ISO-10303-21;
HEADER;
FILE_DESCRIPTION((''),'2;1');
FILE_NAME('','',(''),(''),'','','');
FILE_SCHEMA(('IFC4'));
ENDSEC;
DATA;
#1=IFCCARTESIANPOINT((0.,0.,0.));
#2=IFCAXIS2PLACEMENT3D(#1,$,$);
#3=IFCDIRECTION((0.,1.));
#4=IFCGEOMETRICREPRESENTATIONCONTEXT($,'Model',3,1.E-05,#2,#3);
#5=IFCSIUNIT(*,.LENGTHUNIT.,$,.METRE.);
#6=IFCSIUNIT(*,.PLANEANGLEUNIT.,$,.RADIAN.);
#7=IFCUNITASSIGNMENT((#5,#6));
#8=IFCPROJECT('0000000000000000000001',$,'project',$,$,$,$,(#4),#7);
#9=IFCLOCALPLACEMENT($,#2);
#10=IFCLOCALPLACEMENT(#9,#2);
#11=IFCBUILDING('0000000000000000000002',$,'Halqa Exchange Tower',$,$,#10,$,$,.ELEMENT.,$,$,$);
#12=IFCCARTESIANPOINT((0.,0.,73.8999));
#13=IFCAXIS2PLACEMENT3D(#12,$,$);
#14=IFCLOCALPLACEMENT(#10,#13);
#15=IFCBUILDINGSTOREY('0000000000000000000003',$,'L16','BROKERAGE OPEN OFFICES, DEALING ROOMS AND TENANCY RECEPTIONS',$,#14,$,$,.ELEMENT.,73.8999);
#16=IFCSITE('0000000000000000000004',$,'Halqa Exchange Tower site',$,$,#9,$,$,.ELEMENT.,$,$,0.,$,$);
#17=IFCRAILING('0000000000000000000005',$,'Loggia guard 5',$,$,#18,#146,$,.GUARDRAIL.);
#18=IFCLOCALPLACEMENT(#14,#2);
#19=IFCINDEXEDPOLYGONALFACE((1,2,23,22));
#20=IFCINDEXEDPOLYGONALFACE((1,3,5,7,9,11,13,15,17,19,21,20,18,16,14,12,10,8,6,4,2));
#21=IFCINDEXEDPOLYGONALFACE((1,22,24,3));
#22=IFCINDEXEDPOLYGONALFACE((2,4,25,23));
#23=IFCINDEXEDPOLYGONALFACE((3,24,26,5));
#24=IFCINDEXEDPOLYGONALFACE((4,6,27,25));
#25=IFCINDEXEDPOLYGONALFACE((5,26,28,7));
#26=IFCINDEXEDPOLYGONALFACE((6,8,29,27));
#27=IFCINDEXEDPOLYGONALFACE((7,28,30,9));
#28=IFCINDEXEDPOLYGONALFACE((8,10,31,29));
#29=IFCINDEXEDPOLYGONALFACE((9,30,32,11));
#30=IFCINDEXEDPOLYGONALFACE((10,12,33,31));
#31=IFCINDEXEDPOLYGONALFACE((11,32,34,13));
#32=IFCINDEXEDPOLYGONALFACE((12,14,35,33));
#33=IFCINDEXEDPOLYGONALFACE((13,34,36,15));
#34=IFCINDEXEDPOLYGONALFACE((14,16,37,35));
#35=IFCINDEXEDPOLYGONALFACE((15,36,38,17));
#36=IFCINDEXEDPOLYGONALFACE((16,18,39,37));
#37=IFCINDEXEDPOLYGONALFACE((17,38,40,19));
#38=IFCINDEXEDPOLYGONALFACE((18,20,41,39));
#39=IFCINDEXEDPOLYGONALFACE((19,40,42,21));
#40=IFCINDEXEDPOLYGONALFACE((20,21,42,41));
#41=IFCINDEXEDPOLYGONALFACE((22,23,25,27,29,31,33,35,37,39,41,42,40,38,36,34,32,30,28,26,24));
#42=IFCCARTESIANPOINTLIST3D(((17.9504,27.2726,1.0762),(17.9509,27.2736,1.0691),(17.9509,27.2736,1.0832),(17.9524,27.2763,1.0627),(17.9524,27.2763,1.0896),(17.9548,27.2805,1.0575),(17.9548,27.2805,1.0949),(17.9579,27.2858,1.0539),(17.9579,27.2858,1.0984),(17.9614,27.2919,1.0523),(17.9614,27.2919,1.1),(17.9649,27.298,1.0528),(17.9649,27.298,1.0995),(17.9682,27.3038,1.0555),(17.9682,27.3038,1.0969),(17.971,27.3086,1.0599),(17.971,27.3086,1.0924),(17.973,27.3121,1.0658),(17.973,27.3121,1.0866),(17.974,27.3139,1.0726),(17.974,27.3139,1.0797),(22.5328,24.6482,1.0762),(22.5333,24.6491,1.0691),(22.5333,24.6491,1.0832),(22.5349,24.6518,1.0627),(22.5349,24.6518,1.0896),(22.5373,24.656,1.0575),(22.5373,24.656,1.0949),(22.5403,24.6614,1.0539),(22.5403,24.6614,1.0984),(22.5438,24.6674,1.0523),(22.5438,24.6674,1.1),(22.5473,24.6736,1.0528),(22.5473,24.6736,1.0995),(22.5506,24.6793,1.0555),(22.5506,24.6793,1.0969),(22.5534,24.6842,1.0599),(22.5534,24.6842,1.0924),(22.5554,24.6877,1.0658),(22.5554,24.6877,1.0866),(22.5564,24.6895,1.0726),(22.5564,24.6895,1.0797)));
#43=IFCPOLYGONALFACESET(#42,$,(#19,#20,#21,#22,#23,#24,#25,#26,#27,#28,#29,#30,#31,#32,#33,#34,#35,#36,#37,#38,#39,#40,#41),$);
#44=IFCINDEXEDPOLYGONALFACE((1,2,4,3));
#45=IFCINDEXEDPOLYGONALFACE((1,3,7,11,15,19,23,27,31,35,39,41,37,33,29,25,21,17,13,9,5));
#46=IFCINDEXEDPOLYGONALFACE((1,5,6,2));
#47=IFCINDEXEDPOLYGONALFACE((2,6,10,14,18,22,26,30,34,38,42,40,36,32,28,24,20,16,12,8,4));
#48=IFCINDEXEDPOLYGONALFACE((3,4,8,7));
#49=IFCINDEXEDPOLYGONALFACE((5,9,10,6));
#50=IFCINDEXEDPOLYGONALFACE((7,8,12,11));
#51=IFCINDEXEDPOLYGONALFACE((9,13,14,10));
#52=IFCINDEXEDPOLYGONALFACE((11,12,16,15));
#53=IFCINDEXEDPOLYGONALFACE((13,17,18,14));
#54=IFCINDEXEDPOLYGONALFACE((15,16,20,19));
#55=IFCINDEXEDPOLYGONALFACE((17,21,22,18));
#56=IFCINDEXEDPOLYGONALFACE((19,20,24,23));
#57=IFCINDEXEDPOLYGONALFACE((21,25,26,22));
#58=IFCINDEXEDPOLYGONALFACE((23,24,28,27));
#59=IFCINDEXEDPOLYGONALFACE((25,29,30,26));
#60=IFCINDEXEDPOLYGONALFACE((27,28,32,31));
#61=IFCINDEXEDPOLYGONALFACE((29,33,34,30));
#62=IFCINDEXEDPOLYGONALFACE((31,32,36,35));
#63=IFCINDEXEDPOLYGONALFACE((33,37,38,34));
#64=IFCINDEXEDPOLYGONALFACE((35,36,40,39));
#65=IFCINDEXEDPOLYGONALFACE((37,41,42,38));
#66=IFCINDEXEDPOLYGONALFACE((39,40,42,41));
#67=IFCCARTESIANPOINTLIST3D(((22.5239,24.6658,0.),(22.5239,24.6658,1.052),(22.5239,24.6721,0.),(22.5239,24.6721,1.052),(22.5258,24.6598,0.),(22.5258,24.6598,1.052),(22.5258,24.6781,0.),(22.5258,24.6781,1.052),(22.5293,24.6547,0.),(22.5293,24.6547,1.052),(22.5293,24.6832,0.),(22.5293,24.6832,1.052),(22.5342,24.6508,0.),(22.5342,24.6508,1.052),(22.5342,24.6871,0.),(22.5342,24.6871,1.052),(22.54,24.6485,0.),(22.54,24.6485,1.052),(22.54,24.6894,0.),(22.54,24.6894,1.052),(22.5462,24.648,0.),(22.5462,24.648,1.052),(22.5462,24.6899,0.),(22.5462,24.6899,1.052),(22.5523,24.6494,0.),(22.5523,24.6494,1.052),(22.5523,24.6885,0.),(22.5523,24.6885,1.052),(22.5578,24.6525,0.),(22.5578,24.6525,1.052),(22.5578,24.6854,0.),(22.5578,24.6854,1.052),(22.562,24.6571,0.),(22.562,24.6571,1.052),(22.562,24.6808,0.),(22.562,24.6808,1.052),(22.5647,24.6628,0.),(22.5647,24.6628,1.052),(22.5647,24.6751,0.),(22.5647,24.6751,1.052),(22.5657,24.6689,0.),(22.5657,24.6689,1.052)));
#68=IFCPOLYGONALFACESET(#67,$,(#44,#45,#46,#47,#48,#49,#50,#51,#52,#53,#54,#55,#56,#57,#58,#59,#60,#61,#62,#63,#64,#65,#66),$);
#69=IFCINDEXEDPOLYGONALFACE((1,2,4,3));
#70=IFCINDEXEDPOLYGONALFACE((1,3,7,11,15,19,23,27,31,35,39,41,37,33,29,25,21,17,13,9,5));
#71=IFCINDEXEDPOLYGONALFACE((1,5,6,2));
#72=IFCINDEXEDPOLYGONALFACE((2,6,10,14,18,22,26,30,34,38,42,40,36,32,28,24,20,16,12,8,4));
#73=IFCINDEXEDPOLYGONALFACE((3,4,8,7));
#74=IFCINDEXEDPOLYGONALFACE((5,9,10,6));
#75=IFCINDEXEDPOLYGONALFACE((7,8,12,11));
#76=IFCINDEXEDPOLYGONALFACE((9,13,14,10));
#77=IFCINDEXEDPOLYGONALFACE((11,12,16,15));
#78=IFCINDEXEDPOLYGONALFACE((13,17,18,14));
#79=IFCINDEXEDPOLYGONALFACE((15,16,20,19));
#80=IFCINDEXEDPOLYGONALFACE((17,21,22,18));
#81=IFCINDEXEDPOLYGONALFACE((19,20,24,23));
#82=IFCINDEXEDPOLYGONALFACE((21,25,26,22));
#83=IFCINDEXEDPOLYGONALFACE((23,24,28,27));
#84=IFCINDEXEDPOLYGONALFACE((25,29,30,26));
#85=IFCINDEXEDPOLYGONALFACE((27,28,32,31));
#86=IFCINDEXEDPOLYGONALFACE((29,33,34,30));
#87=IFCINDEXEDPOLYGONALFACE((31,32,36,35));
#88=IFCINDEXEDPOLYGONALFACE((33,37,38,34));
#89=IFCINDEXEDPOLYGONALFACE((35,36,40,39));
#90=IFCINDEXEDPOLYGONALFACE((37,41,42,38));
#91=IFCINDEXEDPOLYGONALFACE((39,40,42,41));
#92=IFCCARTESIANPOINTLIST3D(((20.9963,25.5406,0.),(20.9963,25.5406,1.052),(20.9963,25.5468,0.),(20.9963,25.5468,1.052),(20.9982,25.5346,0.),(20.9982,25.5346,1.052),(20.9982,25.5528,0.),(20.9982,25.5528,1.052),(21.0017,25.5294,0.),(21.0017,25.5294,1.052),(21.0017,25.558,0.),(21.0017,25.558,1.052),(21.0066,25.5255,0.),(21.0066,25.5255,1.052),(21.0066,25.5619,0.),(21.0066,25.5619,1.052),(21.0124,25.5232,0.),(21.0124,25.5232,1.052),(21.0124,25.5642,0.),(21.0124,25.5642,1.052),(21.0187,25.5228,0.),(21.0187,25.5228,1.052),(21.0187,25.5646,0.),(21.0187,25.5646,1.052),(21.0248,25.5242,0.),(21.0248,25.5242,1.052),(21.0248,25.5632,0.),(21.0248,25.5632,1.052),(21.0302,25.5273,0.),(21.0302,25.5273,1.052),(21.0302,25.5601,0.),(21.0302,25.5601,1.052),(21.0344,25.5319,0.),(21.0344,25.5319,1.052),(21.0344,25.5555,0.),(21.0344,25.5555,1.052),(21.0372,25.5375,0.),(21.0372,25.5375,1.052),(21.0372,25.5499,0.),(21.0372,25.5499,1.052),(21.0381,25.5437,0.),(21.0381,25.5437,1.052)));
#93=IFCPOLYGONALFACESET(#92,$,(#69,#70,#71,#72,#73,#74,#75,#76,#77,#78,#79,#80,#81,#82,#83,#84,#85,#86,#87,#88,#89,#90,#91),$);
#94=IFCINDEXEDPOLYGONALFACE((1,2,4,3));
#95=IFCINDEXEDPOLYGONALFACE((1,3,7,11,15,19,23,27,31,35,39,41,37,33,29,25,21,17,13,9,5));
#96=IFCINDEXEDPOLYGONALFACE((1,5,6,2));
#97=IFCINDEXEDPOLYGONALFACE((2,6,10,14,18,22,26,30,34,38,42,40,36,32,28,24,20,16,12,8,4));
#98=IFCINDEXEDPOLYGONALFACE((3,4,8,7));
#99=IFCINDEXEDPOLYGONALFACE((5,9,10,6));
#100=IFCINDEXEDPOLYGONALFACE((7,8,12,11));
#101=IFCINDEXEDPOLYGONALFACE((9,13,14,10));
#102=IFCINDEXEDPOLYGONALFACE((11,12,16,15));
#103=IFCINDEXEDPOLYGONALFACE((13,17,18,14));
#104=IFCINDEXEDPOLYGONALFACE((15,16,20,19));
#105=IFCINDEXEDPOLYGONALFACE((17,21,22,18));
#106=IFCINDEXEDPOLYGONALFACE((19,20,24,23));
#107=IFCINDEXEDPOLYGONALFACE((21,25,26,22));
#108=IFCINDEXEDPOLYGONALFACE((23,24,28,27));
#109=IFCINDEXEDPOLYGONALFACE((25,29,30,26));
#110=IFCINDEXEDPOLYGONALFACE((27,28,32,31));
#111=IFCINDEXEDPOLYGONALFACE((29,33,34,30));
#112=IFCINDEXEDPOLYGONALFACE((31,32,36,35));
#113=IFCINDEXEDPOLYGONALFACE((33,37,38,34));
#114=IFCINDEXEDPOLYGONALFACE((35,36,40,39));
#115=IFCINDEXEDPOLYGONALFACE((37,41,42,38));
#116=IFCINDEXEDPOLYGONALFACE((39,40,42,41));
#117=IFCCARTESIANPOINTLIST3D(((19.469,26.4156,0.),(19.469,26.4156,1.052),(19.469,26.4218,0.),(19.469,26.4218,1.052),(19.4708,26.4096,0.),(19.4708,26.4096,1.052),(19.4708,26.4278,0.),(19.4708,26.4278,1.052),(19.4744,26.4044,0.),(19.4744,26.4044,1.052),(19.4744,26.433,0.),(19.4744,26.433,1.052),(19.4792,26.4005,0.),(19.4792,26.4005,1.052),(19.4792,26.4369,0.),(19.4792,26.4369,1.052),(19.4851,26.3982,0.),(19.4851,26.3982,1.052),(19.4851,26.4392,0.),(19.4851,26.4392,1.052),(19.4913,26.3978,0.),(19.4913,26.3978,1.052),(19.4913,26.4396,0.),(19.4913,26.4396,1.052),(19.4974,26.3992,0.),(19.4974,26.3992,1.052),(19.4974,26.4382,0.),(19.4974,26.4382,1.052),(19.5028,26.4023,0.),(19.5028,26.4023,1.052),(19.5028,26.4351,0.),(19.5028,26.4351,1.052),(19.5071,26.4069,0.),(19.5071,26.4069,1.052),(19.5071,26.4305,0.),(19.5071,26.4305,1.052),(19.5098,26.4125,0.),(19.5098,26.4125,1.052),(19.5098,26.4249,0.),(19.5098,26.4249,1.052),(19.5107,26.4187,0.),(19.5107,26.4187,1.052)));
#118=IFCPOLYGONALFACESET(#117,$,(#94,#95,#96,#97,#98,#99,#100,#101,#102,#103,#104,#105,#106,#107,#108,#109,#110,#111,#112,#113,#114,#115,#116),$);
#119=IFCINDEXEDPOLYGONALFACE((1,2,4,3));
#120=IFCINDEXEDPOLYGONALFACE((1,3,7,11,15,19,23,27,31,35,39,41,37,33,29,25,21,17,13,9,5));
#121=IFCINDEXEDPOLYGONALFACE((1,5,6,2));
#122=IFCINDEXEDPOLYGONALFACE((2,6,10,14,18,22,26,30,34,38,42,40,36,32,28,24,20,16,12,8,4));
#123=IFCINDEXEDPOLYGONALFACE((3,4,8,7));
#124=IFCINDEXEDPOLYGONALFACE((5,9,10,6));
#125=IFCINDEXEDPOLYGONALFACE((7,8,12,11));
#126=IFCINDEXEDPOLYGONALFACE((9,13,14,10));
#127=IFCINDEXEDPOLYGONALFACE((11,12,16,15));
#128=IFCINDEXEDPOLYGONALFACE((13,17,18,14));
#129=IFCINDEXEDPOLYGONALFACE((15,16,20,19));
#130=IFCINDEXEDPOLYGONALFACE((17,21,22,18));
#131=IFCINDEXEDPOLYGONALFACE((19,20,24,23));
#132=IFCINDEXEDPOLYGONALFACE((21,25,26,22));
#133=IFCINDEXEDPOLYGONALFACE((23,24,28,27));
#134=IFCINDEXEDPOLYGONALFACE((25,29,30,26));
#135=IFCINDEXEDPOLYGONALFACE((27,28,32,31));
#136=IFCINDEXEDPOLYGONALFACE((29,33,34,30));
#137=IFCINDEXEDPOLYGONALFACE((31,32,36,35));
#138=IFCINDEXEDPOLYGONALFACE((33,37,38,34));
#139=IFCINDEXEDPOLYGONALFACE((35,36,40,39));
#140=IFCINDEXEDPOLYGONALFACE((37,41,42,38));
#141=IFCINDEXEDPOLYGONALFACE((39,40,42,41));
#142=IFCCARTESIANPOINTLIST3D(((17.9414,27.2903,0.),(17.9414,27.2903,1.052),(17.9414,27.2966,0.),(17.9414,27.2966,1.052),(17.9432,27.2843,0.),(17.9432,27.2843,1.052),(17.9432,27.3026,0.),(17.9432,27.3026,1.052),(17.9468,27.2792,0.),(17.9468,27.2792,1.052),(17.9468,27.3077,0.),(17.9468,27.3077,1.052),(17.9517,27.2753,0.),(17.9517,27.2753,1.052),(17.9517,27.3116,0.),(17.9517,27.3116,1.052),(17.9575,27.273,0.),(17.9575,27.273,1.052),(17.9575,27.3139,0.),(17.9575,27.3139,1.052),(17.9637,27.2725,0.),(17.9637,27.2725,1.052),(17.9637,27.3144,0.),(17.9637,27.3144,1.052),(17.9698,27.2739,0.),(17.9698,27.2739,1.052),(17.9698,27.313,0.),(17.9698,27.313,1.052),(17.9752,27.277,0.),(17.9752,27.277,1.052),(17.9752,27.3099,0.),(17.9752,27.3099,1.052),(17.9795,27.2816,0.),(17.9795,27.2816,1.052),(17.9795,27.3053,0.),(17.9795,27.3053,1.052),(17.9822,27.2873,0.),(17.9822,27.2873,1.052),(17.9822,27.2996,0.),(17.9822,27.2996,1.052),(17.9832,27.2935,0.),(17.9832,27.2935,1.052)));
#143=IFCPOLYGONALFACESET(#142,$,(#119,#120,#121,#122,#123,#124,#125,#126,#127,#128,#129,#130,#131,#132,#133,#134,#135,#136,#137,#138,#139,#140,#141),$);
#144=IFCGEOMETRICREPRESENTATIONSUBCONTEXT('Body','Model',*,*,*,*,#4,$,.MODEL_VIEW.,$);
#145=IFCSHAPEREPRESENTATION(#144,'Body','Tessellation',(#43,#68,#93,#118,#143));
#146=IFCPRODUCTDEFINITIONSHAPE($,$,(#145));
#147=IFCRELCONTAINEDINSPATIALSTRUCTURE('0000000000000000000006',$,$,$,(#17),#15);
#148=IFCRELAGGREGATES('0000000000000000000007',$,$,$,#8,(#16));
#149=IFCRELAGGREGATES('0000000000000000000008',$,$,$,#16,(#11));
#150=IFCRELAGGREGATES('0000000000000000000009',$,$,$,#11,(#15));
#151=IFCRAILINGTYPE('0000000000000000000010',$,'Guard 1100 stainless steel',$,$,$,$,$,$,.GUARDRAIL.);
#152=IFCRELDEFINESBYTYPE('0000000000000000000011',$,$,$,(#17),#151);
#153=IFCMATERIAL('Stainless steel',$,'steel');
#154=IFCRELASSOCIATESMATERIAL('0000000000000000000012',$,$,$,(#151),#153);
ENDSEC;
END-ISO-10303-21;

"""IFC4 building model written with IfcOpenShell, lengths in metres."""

from ifc_helpers import new_model, si_unit, direction, frame, origin, origin_2d, place, context, subcontext, project, spatial, circle, extrude, material, type_object, element, save


model = new_model("IFC4")

# Units and contexts
model_context = context("Model", 3, precision=1e-05, world=origin(), true_north=direction((0.0, 1.0)))
body_context = subcontext(model_context, "Body", "Model", "MODEL_VIEW")
ifc_project = project(units=[si_unit("LENGTHUNIT", "METRE"), si_unit("PLANEANGLEUNIT", "RADIAN")], contexts=[model_context])

# Site, building, storey
site_placement = place(None, origin())
site = spatial("IfcSite", under=ifc_project, at=site_placement, Name="Halqa Exchange Tower site", CompositionType="ELEMENT", RefElevation=0.0)
building_placement = place(site_placement, origin())
building = spatial("IfcBuilding", under=site, at=building_placement, Name="Halqa Exchange Tower", CompositionType="ELEMENT")
storey_placement = place(building_placement, frame((0.0, 0.0, 73.8999)))
storey = spatial("IfcBuildingStorey", under=building, at=storey_placement, Name="L16", Description="BROKERAGE OPEN OFFICES, DEALING ROOMS AND TENANCY RECEPTIONS", CompositionType="ELEMENT", Elevation=73.8999)

# Railing
ifc_material_1 = material(Name="Stainless steel", Category="steel")
railing_type = type_object("IfcRailingType", Name="Guard 1100 stainless steel", PredefinedType="GUARDRAIL", material=ifc_material_1)
railing_1_placement = place(storey_placement, frame((22.5447, 24.6689, 0.0)))
element("IfcRailing", 1, at=railing_1_placement, inside=storey, type_object=railing_type, Name="Loggia guard 5", PredefinedType="GUARDRAIL", context=body_context, shape_type="SweptSolid", body=[
    extrude(circle(Radius=0.0239, at=origin_2d()), frame((0.0, 0.0, 1.0762), z_axis=(-0.867759, 0.496985, 0.0), x_axis=(-0.496985, -0.867759, 0.0)), (0.0, 0.0, 1.0), 5.2808),
    extrude(circle(Radius=0.021, at=origin_2d()), origin(), (0.0, 0.0, 1.0), 1.052),
    extrude(circle(Radius=0.021, at=origin_2d()), frame((-1.5276, 0.8748, 0.0)), (0.0, 0.0, 1.0), 1.052),
    extrude(circle(Radius=0.021, at=origin_2d()), frame((-3.0549, 1.7498, 0.0)), (0.0, 0.0, 1.0), 1.052),
    extrude(circle(Radius=0.021, at=origin_2d()), frame((-4.5825, 2.6245, 0.0)), (0.0, 0.0, 1.0), 1.052),
])

save(model, "model.ifc")
